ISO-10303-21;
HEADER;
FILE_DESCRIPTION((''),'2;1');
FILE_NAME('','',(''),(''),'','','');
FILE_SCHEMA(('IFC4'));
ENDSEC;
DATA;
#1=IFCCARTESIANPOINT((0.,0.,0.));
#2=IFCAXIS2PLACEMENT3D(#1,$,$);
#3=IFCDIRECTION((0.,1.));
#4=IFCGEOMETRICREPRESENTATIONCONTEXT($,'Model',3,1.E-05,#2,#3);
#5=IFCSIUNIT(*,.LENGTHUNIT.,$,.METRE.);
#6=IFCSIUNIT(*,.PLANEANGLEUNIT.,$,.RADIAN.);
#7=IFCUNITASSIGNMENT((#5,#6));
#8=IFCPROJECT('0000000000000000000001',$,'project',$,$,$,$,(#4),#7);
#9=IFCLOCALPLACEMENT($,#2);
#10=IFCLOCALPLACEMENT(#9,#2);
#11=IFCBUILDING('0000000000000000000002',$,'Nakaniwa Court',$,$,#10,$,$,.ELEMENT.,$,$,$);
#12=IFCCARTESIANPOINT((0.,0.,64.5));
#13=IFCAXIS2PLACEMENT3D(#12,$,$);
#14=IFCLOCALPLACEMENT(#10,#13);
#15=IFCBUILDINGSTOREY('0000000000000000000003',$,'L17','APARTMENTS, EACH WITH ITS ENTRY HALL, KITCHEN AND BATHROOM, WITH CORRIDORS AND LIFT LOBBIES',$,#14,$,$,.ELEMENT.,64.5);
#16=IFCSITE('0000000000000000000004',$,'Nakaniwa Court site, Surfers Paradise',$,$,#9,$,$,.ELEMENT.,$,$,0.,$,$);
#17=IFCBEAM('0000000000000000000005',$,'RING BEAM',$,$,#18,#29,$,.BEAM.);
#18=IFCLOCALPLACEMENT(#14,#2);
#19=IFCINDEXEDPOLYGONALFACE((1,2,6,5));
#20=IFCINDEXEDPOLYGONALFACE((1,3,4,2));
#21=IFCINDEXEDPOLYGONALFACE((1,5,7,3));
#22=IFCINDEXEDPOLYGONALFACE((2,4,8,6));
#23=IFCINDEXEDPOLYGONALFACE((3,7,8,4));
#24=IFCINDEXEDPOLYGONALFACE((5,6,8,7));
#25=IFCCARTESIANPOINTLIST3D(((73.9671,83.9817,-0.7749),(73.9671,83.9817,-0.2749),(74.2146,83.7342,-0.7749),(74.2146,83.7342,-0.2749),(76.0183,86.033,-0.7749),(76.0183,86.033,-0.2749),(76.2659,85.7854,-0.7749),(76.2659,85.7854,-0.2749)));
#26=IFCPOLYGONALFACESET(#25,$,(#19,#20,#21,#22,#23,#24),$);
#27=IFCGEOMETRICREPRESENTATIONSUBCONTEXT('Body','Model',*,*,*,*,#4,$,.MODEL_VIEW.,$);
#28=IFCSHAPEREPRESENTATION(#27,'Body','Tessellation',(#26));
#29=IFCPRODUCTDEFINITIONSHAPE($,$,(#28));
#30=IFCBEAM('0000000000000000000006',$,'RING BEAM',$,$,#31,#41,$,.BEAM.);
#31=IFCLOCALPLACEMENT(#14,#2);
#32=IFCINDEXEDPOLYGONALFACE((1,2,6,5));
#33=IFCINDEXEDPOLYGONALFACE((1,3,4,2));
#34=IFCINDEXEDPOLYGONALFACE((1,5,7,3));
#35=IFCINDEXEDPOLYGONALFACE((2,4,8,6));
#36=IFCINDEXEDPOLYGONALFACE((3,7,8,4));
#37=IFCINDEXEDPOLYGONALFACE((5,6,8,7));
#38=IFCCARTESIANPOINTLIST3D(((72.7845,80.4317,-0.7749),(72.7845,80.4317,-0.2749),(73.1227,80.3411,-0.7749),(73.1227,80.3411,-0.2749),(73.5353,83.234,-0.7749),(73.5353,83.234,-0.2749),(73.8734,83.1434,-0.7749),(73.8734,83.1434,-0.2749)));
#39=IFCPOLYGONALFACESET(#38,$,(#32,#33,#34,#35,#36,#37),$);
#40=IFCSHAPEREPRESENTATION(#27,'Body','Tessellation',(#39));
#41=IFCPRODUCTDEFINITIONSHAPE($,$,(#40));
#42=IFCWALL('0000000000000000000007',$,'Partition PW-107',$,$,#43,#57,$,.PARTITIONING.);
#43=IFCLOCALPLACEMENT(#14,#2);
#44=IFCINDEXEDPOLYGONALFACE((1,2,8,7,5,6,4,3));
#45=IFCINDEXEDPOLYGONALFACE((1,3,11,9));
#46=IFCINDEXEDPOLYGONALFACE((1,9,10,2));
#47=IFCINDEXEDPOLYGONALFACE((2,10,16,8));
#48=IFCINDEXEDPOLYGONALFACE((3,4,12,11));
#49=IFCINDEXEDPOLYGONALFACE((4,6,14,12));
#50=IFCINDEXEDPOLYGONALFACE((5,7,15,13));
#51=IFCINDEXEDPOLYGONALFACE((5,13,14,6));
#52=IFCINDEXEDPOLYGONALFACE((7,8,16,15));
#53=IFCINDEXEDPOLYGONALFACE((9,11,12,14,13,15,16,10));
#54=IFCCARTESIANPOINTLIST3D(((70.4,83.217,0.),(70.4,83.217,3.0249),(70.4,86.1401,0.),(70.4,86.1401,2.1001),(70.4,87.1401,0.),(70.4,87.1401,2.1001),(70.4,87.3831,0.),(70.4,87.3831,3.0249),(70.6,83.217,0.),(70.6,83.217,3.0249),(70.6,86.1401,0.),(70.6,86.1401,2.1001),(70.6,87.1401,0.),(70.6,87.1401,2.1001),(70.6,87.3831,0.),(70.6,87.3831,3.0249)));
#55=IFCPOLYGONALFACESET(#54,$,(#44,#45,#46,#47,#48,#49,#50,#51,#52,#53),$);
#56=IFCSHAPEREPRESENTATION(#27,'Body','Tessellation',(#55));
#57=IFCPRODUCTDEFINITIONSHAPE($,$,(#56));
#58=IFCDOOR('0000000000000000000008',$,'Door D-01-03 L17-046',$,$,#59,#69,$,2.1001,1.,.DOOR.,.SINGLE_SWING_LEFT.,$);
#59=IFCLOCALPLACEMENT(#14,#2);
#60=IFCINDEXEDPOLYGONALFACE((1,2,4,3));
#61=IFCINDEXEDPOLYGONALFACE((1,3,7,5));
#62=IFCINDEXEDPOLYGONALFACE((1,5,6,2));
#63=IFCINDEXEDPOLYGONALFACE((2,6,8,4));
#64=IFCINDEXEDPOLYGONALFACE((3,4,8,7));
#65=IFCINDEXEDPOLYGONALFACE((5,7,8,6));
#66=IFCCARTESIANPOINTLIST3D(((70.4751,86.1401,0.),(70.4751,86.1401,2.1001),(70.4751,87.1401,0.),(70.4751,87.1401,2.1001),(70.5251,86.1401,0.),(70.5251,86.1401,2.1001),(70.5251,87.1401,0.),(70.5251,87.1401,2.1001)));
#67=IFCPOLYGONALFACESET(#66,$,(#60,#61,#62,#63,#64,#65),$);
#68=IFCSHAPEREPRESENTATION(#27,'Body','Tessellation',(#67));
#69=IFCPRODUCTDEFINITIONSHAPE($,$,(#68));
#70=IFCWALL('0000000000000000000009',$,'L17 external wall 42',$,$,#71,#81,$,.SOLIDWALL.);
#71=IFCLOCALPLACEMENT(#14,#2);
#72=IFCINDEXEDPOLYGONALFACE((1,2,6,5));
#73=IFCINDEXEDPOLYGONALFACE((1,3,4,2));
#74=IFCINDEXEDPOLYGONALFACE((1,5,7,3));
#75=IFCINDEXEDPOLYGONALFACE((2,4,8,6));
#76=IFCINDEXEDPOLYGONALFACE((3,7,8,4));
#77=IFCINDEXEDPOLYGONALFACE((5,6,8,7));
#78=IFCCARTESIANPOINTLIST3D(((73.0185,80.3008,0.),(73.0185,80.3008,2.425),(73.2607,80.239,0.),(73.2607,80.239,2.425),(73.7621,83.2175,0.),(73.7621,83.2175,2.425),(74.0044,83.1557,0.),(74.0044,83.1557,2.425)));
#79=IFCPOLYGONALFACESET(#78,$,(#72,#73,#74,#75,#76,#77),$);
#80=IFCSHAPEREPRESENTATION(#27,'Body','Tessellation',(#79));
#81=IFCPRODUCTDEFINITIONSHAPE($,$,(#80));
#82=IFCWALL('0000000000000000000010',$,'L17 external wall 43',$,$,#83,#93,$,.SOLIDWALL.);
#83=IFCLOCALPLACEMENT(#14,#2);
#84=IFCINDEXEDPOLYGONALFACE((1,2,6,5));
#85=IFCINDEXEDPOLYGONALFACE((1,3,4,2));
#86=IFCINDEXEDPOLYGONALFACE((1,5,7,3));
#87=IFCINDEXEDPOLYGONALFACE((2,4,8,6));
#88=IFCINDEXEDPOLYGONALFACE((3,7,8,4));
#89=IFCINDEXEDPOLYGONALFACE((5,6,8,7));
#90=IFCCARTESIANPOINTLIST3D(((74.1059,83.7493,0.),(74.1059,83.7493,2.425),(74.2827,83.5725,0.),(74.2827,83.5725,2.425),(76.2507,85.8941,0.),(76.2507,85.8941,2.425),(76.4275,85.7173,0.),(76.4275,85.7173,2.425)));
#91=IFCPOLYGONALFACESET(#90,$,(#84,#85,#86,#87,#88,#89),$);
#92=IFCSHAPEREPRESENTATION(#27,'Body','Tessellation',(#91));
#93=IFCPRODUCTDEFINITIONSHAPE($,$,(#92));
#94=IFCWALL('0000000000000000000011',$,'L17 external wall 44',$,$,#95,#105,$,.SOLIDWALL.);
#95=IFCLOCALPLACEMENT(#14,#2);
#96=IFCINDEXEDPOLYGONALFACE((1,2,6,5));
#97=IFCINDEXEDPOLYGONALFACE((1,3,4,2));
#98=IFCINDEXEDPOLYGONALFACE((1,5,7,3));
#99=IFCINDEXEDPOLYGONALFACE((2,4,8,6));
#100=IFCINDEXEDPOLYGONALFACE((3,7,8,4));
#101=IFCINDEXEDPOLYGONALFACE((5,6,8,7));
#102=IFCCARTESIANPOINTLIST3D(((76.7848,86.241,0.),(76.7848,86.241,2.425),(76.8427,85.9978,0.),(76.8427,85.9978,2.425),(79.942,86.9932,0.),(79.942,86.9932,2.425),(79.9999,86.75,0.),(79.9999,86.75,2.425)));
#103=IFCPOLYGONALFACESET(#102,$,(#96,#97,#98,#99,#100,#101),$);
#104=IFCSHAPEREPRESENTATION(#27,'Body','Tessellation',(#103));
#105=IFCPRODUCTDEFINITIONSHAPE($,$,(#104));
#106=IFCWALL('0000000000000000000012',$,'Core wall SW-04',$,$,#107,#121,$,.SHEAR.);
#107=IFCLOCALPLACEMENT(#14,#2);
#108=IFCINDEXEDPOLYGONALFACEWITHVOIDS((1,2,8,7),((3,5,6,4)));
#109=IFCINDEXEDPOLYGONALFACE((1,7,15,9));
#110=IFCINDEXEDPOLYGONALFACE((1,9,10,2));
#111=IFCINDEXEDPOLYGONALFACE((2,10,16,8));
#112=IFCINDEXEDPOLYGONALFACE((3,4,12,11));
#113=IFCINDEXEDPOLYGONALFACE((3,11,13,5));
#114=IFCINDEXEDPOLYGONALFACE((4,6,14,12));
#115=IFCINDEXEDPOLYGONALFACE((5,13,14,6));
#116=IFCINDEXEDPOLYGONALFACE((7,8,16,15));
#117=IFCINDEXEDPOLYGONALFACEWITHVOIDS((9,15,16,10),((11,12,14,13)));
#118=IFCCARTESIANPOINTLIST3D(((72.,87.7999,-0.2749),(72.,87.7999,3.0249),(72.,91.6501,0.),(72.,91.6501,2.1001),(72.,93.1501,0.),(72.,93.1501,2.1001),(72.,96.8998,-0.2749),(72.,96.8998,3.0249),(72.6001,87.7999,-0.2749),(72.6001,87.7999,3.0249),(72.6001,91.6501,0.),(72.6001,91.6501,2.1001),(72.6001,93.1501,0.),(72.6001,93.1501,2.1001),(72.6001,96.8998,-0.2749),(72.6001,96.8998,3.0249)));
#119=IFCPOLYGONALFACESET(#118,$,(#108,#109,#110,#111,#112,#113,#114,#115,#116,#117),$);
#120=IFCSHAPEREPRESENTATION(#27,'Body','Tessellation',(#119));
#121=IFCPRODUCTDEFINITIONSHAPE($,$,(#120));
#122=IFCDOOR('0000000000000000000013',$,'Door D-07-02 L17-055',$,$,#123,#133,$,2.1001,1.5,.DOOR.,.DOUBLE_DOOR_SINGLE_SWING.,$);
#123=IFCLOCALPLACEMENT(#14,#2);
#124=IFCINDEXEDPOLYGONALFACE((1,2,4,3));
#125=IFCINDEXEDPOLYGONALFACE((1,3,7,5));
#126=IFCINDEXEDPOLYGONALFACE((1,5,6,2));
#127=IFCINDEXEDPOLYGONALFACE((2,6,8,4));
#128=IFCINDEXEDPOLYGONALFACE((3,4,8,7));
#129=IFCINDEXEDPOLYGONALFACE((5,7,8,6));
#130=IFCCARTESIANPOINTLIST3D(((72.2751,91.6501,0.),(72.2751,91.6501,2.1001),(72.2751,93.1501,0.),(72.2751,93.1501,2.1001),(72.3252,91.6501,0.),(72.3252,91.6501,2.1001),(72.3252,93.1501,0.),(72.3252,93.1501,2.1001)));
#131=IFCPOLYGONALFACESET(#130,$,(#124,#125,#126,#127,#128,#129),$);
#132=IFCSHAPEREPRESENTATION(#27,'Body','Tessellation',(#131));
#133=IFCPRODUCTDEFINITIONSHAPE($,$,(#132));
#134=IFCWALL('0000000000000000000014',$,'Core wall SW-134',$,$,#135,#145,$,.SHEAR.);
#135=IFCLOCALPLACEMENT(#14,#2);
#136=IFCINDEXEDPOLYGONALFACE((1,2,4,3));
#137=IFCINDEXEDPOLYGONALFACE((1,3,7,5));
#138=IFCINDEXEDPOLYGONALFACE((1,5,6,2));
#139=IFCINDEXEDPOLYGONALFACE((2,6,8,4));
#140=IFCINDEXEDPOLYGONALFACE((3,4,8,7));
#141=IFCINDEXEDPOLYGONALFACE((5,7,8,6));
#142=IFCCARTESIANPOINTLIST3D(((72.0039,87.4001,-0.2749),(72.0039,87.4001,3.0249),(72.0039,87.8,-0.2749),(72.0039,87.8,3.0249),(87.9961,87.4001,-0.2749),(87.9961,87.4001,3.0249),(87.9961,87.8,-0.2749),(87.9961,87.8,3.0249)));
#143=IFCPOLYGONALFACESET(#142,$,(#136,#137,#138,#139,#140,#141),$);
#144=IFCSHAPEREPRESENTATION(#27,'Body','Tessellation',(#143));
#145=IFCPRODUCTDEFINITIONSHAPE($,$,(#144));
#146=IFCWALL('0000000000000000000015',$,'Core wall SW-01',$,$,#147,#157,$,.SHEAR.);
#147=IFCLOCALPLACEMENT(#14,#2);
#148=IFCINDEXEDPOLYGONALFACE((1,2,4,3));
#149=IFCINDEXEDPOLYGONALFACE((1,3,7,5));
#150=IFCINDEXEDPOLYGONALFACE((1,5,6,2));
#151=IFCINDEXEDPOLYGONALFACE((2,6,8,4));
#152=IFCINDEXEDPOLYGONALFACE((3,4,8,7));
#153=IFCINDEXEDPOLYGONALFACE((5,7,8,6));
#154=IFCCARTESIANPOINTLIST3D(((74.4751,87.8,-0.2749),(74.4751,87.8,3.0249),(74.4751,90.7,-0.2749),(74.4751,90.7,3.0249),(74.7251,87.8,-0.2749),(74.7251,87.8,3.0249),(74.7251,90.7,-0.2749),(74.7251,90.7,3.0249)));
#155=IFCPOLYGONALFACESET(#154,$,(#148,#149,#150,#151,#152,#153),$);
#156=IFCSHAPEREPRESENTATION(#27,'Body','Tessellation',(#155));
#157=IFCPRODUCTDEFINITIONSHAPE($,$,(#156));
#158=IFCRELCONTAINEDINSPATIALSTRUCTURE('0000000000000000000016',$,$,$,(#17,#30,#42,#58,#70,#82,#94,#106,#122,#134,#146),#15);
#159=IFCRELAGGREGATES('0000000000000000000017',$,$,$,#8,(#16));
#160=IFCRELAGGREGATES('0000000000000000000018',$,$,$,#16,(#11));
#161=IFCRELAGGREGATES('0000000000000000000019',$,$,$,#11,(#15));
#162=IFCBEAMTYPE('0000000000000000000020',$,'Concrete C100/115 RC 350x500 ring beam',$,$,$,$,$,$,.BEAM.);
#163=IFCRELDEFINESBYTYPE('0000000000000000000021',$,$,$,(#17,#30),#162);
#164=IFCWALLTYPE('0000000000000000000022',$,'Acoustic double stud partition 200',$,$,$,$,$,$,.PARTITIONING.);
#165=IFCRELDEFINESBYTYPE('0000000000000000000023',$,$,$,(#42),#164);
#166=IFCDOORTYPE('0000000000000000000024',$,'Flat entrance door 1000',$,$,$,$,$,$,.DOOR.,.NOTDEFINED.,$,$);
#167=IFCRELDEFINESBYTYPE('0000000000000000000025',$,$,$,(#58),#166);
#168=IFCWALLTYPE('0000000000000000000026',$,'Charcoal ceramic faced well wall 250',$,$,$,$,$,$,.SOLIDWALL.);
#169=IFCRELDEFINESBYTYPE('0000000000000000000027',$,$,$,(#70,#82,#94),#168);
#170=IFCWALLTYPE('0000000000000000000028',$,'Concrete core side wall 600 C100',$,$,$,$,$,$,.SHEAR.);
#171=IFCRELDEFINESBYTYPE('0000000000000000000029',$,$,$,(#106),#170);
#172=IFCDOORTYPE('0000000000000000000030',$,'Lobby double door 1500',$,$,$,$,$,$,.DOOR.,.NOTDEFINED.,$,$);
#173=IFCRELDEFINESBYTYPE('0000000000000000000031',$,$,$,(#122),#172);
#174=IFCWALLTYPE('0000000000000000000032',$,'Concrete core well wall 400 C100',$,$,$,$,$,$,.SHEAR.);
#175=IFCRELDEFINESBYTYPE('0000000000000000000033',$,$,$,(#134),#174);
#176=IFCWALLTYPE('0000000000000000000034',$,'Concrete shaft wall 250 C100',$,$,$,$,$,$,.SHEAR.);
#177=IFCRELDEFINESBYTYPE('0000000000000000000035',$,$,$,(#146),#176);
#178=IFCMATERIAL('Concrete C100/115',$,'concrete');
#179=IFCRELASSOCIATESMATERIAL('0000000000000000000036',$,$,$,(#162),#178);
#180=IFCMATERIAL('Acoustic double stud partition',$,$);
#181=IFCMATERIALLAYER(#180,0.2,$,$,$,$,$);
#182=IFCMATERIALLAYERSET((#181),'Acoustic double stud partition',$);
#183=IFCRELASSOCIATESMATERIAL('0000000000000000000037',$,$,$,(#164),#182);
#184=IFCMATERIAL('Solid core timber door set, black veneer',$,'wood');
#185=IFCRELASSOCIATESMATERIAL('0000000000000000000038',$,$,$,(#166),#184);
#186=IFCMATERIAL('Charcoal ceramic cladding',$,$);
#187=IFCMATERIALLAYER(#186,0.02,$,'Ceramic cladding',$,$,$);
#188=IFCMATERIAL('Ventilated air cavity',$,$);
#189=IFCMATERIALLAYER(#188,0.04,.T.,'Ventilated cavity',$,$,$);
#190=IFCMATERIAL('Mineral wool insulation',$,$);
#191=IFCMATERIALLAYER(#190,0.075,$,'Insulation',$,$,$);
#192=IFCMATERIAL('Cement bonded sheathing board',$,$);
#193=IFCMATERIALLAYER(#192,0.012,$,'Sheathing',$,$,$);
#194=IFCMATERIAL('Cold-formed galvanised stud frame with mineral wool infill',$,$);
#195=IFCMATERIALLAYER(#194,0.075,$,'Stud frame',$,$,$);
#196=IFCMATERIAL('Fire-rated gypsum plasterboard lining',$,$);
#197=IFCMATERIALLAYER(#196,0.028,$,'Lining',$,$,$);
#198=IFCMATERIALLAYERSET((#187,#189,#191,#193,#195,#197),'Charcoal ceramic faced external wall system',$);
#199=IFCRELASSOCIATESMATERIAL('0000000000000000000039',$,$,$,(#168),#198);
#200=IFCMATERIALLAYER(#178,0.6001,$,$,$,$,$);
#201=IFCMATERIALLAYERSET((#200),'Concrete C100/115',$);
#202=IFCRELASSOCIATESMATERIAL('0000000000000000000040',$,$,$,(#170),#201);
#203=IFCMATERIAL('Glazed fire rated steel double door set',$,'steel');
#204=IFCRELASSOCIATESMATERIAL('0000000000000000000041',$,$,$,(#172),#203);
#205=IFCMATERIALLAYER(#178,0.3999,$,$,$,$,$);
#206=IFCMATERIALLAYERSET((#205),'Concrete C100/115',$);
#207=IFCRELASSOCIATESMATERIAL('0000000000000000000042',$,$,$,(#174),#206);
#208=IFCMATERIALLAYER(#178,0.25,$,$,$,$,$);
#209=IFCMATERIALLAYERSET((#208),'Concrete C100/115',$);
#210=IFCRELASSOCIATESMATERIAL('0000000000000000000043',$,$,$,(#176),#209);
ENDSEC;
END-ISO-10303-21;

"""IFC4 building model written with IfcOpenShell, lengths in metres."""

from ifc_helpers import new_model, si_unit, direction, frame, frame_2d, origin, origin_2d, place, context, subcontext, project, spatial, rectangle, extrude, material, layer, layer_set, material_profile, profile_set, type_object, element, fill, save


model = new_model("IFC4")

# Units and contexts
model_context = context("Model", 3, precision=1e-05, world=origin(), true_north=direction((0.0, 1.0)))
body_context = subcontext(model_context, "Body", "Model", "MODEL_VIEW")
ifc_project = project(units=[si_unit("LENGTHUNIT", "METRE"), si_unit("PLANEANGLEUNIT", "RADIAN")], contexts=[model_context])

# Site, building, storey
site_placement = place(None, origin())
site = spatial("IfcSite", under=ifc_project, at=site_placement, Name="Nakaniwa Court site, Surfers Paradise", CompositionType="ELEMENT", RefElevation=0.0)
building_placement = place(site_placement, origin())
building = spatial("IfcBuilding", under=site, at=building_placement, Name="Nakaniwa Court", CompositionType="ELEMENT")
storey_placement = place(building_placement, frame((0.0, 0.0, 64.5)))
storey = spatial("IfcBuildingStorey", under=building, at=storey_placement, Name="L17", Description="APARTMENTS, EACH WITH ITS ENTRY HALL, KITCHEN AND BATHROOM, WITH CORRIDORS AND LIFT LOBBIES", CompositionType="ELEMENT", Elevation=64.5)

# Shared definitions
ifc_material_1 = material(Name="Concrete C100/115", Category="concrete")

# Beams
ifc_material_profile_1 = material_profile(ifc_material_1, rectangle(XDim=0.3501, YDim=0.5, at=origin_2d()), Name="Concrete C100/115 RC 350x500 ring beam")
ifc_profile_set_1 = profile_set([ifc_material_profile_1], Name="Concrete C100/115")
beam_type = type_object("IfcBeamType", Name="Concrete C100/115 RC 350x500 ring beam", PredefinedType="BEAM", material=ifc_profile_set_1)
beam_1_placement = place(storey_placement, frame((76.1421, 85.9092, -0.5249), z_axis=(-0.707107, -0.707107, 0.0), x_axis=(0.707107, -0.707107, 0.0)))
element("IfcBeam", 1, at=beam_1_placement, inside=storey, type_object=beam_type, Name="RING BEAM", PredefinedType="BEAM", context=body_context, shape_type="SweptSolid", body=[
    extrude(rectangle(XDim=0.3501, YDim=0.5, at=origin_2d()), origin(), (0.0, 0.0, 1.0), 2.9009),
])
beam_2_placement = place(storey_placement, frame((73.7043, 83.1887, -0.5249), z_axis=(-0.258778, -0.965937, 0.0), x_axis=(0.965937, -0.258778, 0.0)))
element("IfcBeam", 2, at=beam_2_placement, inside=storey, type_object=beam_type, Name="RING BEAM", PredefinedType="BEAM", context=body_context, shape_type="SweptSolid", body=[
    extrude(rectangle(XDim=0.3501, YDim=0.5, at=origin_2d()), origin(), (0.0, 0.0, 1.0), 2.9011),
])

# Wall, opening, door
ifc_material_2 = material(Name="Acoustic double stud partition")
ifc_layer_1 = layer(ifc_material_2, 0.2)
ifc_layer_set_1 = layer_set([ifc_layer_1], Name="Acoustic double stud partition")
wall_type_1 = type_object("IfcWallType", Name="Acoustic double stud partition 200", PredefinedType="PARTITIONING", material=ifc_layer_set_1)
wall_1_placement = place(storey_placement, frame((70.5, 83.217, 0.0), z_axis=(0.0, 0.0, 1.0), x_axis=(0.0, 1.0, 0.0)))
wall_1 = element("IfcWall", 3, at=wall_1_placement, inside=storey, type_object=wall_type_1, Name="Partition PW-107", PredefinedType="PARTITIONING", context=body_context, shape_type="SweptSolid", body=[
    extrude(rectangle(XDim=4.166, YDim=0.2, at=frame_2d((2.083, 0.0))), origin(), (0.0, 0.0, 1.0), 3.0249),
])
opening_1_placement = place(wall_1_placement, frame((2.9231, 0.0, 0.0)))
opening_1 = element("IfcOpeningElement", 4, at=opening_1_placement, cuts=wall_1, PredefinedType="OPENING", context=body_context, shape_type="SweptSolid", body=[
    extrude(rectangle(XDim=1.0, YDim=2.1001, at=frame_2d((0.5, 1.05))), frame((0.0, 0.1099, 0.0), z_axis=(0.0, -1.0, 0.0), x_axis=(1.0, 0.0, 0.0)), (0.0, 0.0, 1.0), 0.22),
])
ifc_material_3 = material(Name="Solid core timber door set, black veneer", Category="wood")
door_type_1 = type_object("IfcDoorType", Name="Flat entrance door 1000", OperationType="NOTDEFINED", PredefinedType="DOOR", material=ifc_material_3)
door_1_placement = place(opening_1_placement, origin())
door_1 = element("IfcDoor", 5, at=door_1_placement, inside=storey, type_object=door_type_1, Name="Door D-01-03 L17-046", OperationType="SINGLE_SWING_LEFT", OverallHeight=2.1001, OverallWidth=1.0, PredefinedType="DOOR", context=body_context, shape_type="SweptSolid", body=[
    extrude(rectangle(XDim=1.0, YDim=2.1001, at=frame_2d((0.5, 1.05))), frame((0.0, 0.0249, 0.0), z_axis=(0.0, -1.0, 0.0), x_axis=(1.0, 0.0, 0.0)), (0.0, 0.0, 1.0), 0.05),
])
fill(opening_1, door_1)

# Walls
ifc_material_4 = material(Name="Charcoal ceramic cladding")
ifc_layer_2 = layer(ifc_material_4, 0.02, Name="Ceramic cladding")
ifc_material_5 = material(Name="Ventilated air cavity")
ifc_layer_3 = layer(ifc_material_5, 0.04, ventilated=True, Name="Ventilated cavity")
ifc_material_6 = material(Name="Mineral wool insulation")
ifc_layer_4 = layer(ifc_material_6, 0.075, Name="Insulation")
ifc_material_7 = material(Name="Cement bonded sheathing board")
ifc_layer_5 = layer(ifc_material_7, 0.012, Name="Sheathing")
ifc_material_8 = material(Name="Cold-formed galvanised stud frame with mineral wool infill")
ifc_layer_6 = layer(ifc_material_8, 0.075, Name="Stud frame")
ifc_material_9 = material(Name="Fire-rated gypsum plasterboard lining")
ifc_layer_7 = layer(ifc_material_9, 0.028, Name="Lining")
ifc_layer_set_2 = layer_set([ifc_layer_2, ifc_layer_3, ifc_layer_4, ifc_layer_5, ifc_layer_6, ifc_layer_7], Name="Charcoal ceramic faced external wall system")
wall_type_2 = type_object("IfcWallType", Name="Charcoal ceramic faced well wall 250", PredefinedType="SOLIDWALL", material=ifc_layer_set_2)
wall_2_placement = place(storey_placement, frame((73.1396, 80.27, 0.0), z_axis=(0.0, 0.0, 1.0), x_axis=(0.247056, 0.969001, 0.0)))
element("IfcWall", 6, at=wall_2_placement, inside=storey, type_object=wall_type_2, Name="L17 external wall 42", PredefinedType="SOLIDWALL", context=body_context, shape_type="SweptSolid", body=[
    extrude(rectangle(XDim=3.01, YDim=0.25, at=frame_2d((1.5049, 0.0))), origin(), (0.0, 0.0, 1.0), 2.425),
])
wall_3_placement = place(storey_placement, frame((74.1943, 83.6609, 0.0), z_axis=(0.0, 0.0, 1.0), x_axis=(0.707107, 0.707107, 0.0)))
element("IfcWall", 7, at=wall_3_placement, inside=storey, type_object=wall_type_2, Name="L17 external wall 43", PredefinedType="SOLIDWALL", context=body_context, shape_type="SweptSolid", body=[
    extrude(rectangle(XDim=3.0332, YDim=0.25, at=frame_2d((1.5166, 0.0))), origin(), (0.0, 0.0, 1.0), 2.425),
])
wall_4_placement = place(storey_placement, frame((76.8137, 86.1194, 0.0), z_axis=(0.0, 0.0, 1.0), x_axis=(0.972773, 0.23176, 0.0)))
element("IfcWall", 8, at=wall_4_placement, inside=storey, type_object=wall_type_2, Name="L17 external wall 44", PredefinedType="SOLIDWALL", context=body_context, shape_type="SweptSolid", body=[
    extrude(rectangle(XDim=3.2456, YDim=0.25, at=frame_2d((1.6228, 0.0))), origin(), (0.0, 0.0, 1.0), 2.425),
])

# Wall, opening, door
ifc_layer_8 = layer(ifc_material_1, 0.6001)
ifc_layer_set_3 = layer_set([ifc_layer_8], Name="Concrete C100/115")
wall_type_3 = type_object("IfcWallType", Name="Concrete core side wall 600 C100", PredefinedType="SHEAR", material=ifc_layer_set_3)
wall_5_placement = place(storey_placement, frame((72.3, 87.8, -0.2749), z_axis=(0.0, 0.0, 1.0), x_axis=(0.0, 1.0, 0.0)))
wall_5 = element("IfcWall", 9, at=wall_5_placement, inside=storey, type_object=wall_type_3, Name="Core wall SW-04", PredefinedType="SHEAR", context=body_context, shape_type="SweptSolid", body=[
    extrude(rectangle(XDim=9.0999, YDim=0.6001, at=frame_2d((4.5498, 0.0))), origin(), (0.0, 0.0, 1.0), 3.2998),
])
opening_2_placement = place(wall_5_placement, frame((3.8501, 0.0, 0.2749)))
opening_2 = element("IfcOpeningElement", 10, at=opening_2_placement, cuts=wall_5, PredefinedType="OPENING", context=body_context, shape_type="SweptSolid", body=[
    extrude(rectangle(XDim=1.5, YDim=2.1001, at=frame_2d((0.75, 1.05))), frame((0.0, 0.3101, 0.0), z_axis=(0.0, -1.0, 0.0), x_axis=(1.0, 0.0, 0.0)), (0.0, 0.0, 1.0), 0.6201),
])
ifc_material_10 = material(Name="Glazed fire rated steel double door set", Category="steel")
door_type_2 = type_object("IfcDoorType", Name="Lobby double door 1500", OperationType="NOTDEFINED", PredefinedType="DOOR", material=ifc_material_10)
door_2_placement = place(opening_2_placement, origin())
door_2 = element("IfcDoor", 11, at=door_2_placement, inside=storey, type_object=door_type_2, Name="Door D-07-02 L17-055", OperationType="DOUBLE_DOOR_SINGLE_SWING", OverallHeight=2.1001, OverallWidth=1.5, PredefinedType="DOOR", context=body_context, shape_type="SweptSolid", body=[
    extrude(rectangle(XDim=1.5, YDim=2.1001, at=frame_2d((0.75, 1.05))), frame((0.0, 0.0249, 0.0), z_axis=(0.0, -1.0, 0.0), x_axis=(1.0, 0.0, 0.0)), (0.0, 0.0, 1.0), 0.05),
])
fill(opening_2, door_2)

# Walls
ifc_layer_9 = layer(ifc_material_1, 0.3999)
ifc_layer_set_4 = layer_set([ifc_layer_9], Name="Concrete C100/115")
wall_type_4 = type_object("IfcWallType", Name="Concrete core well wall 400 C100", PredefinedType="SHEAR", material=ifc_layer_set_4)
wall_6_placement = place(storey_placement, frame((72.0039, 87.6001, -0.2749), z_axis=(0.0, 0.0, 1.0), x_axis=(1.0, 0.0, 0.0)))
element("IfcWall", 12, at=wall_6_placement, inside=storey, type_object=wall_type_4, Name="Core wall SW-134", PredefinedType="SHEAR", context=body_context, shape_type="SweptSolid", body=[
    extrude(rectangle(XDim=15.9922, YDim=0.3999, at=frame_2d((7.9961, 0.0))), origin(), (0.0, 0.0, 1.0), 3.2998),
])
ifc_layer_10 = layer(ifc_material_1, 0.25)
ifc_layer_set_5 = layer_set([ifc_layer_10], Name="Concrete C100/115")
wall_type_5 = type_object("IfcWallType", Name="Concrete shaft wall 250 C100", PredefinedType="SHEAR", material=ifc_layer_set_5)
wall_7_placement = place(storey_placement, frame((74.6001, 87.8, -0.2749), z_axis=(0.0, 0.0, 1.0), x_axis=(0.0, 1.0, 0.0)))
element("IfcWall", 13, at=wall_7_placement, inside=storey, type_object=wall_type_5, Name="Core wall SW-01", PredefinedType="SHEAR", context=body_context, shape_type="SweptSolid", body=[
    extrude(rectangle(XDim=2.8999, YDim=0.25, at=frame_2d((1.45, 0.0))), origin(), (0.0, 0.0, 1.0), 3.2998),
])

save(model, "model.ifc")
